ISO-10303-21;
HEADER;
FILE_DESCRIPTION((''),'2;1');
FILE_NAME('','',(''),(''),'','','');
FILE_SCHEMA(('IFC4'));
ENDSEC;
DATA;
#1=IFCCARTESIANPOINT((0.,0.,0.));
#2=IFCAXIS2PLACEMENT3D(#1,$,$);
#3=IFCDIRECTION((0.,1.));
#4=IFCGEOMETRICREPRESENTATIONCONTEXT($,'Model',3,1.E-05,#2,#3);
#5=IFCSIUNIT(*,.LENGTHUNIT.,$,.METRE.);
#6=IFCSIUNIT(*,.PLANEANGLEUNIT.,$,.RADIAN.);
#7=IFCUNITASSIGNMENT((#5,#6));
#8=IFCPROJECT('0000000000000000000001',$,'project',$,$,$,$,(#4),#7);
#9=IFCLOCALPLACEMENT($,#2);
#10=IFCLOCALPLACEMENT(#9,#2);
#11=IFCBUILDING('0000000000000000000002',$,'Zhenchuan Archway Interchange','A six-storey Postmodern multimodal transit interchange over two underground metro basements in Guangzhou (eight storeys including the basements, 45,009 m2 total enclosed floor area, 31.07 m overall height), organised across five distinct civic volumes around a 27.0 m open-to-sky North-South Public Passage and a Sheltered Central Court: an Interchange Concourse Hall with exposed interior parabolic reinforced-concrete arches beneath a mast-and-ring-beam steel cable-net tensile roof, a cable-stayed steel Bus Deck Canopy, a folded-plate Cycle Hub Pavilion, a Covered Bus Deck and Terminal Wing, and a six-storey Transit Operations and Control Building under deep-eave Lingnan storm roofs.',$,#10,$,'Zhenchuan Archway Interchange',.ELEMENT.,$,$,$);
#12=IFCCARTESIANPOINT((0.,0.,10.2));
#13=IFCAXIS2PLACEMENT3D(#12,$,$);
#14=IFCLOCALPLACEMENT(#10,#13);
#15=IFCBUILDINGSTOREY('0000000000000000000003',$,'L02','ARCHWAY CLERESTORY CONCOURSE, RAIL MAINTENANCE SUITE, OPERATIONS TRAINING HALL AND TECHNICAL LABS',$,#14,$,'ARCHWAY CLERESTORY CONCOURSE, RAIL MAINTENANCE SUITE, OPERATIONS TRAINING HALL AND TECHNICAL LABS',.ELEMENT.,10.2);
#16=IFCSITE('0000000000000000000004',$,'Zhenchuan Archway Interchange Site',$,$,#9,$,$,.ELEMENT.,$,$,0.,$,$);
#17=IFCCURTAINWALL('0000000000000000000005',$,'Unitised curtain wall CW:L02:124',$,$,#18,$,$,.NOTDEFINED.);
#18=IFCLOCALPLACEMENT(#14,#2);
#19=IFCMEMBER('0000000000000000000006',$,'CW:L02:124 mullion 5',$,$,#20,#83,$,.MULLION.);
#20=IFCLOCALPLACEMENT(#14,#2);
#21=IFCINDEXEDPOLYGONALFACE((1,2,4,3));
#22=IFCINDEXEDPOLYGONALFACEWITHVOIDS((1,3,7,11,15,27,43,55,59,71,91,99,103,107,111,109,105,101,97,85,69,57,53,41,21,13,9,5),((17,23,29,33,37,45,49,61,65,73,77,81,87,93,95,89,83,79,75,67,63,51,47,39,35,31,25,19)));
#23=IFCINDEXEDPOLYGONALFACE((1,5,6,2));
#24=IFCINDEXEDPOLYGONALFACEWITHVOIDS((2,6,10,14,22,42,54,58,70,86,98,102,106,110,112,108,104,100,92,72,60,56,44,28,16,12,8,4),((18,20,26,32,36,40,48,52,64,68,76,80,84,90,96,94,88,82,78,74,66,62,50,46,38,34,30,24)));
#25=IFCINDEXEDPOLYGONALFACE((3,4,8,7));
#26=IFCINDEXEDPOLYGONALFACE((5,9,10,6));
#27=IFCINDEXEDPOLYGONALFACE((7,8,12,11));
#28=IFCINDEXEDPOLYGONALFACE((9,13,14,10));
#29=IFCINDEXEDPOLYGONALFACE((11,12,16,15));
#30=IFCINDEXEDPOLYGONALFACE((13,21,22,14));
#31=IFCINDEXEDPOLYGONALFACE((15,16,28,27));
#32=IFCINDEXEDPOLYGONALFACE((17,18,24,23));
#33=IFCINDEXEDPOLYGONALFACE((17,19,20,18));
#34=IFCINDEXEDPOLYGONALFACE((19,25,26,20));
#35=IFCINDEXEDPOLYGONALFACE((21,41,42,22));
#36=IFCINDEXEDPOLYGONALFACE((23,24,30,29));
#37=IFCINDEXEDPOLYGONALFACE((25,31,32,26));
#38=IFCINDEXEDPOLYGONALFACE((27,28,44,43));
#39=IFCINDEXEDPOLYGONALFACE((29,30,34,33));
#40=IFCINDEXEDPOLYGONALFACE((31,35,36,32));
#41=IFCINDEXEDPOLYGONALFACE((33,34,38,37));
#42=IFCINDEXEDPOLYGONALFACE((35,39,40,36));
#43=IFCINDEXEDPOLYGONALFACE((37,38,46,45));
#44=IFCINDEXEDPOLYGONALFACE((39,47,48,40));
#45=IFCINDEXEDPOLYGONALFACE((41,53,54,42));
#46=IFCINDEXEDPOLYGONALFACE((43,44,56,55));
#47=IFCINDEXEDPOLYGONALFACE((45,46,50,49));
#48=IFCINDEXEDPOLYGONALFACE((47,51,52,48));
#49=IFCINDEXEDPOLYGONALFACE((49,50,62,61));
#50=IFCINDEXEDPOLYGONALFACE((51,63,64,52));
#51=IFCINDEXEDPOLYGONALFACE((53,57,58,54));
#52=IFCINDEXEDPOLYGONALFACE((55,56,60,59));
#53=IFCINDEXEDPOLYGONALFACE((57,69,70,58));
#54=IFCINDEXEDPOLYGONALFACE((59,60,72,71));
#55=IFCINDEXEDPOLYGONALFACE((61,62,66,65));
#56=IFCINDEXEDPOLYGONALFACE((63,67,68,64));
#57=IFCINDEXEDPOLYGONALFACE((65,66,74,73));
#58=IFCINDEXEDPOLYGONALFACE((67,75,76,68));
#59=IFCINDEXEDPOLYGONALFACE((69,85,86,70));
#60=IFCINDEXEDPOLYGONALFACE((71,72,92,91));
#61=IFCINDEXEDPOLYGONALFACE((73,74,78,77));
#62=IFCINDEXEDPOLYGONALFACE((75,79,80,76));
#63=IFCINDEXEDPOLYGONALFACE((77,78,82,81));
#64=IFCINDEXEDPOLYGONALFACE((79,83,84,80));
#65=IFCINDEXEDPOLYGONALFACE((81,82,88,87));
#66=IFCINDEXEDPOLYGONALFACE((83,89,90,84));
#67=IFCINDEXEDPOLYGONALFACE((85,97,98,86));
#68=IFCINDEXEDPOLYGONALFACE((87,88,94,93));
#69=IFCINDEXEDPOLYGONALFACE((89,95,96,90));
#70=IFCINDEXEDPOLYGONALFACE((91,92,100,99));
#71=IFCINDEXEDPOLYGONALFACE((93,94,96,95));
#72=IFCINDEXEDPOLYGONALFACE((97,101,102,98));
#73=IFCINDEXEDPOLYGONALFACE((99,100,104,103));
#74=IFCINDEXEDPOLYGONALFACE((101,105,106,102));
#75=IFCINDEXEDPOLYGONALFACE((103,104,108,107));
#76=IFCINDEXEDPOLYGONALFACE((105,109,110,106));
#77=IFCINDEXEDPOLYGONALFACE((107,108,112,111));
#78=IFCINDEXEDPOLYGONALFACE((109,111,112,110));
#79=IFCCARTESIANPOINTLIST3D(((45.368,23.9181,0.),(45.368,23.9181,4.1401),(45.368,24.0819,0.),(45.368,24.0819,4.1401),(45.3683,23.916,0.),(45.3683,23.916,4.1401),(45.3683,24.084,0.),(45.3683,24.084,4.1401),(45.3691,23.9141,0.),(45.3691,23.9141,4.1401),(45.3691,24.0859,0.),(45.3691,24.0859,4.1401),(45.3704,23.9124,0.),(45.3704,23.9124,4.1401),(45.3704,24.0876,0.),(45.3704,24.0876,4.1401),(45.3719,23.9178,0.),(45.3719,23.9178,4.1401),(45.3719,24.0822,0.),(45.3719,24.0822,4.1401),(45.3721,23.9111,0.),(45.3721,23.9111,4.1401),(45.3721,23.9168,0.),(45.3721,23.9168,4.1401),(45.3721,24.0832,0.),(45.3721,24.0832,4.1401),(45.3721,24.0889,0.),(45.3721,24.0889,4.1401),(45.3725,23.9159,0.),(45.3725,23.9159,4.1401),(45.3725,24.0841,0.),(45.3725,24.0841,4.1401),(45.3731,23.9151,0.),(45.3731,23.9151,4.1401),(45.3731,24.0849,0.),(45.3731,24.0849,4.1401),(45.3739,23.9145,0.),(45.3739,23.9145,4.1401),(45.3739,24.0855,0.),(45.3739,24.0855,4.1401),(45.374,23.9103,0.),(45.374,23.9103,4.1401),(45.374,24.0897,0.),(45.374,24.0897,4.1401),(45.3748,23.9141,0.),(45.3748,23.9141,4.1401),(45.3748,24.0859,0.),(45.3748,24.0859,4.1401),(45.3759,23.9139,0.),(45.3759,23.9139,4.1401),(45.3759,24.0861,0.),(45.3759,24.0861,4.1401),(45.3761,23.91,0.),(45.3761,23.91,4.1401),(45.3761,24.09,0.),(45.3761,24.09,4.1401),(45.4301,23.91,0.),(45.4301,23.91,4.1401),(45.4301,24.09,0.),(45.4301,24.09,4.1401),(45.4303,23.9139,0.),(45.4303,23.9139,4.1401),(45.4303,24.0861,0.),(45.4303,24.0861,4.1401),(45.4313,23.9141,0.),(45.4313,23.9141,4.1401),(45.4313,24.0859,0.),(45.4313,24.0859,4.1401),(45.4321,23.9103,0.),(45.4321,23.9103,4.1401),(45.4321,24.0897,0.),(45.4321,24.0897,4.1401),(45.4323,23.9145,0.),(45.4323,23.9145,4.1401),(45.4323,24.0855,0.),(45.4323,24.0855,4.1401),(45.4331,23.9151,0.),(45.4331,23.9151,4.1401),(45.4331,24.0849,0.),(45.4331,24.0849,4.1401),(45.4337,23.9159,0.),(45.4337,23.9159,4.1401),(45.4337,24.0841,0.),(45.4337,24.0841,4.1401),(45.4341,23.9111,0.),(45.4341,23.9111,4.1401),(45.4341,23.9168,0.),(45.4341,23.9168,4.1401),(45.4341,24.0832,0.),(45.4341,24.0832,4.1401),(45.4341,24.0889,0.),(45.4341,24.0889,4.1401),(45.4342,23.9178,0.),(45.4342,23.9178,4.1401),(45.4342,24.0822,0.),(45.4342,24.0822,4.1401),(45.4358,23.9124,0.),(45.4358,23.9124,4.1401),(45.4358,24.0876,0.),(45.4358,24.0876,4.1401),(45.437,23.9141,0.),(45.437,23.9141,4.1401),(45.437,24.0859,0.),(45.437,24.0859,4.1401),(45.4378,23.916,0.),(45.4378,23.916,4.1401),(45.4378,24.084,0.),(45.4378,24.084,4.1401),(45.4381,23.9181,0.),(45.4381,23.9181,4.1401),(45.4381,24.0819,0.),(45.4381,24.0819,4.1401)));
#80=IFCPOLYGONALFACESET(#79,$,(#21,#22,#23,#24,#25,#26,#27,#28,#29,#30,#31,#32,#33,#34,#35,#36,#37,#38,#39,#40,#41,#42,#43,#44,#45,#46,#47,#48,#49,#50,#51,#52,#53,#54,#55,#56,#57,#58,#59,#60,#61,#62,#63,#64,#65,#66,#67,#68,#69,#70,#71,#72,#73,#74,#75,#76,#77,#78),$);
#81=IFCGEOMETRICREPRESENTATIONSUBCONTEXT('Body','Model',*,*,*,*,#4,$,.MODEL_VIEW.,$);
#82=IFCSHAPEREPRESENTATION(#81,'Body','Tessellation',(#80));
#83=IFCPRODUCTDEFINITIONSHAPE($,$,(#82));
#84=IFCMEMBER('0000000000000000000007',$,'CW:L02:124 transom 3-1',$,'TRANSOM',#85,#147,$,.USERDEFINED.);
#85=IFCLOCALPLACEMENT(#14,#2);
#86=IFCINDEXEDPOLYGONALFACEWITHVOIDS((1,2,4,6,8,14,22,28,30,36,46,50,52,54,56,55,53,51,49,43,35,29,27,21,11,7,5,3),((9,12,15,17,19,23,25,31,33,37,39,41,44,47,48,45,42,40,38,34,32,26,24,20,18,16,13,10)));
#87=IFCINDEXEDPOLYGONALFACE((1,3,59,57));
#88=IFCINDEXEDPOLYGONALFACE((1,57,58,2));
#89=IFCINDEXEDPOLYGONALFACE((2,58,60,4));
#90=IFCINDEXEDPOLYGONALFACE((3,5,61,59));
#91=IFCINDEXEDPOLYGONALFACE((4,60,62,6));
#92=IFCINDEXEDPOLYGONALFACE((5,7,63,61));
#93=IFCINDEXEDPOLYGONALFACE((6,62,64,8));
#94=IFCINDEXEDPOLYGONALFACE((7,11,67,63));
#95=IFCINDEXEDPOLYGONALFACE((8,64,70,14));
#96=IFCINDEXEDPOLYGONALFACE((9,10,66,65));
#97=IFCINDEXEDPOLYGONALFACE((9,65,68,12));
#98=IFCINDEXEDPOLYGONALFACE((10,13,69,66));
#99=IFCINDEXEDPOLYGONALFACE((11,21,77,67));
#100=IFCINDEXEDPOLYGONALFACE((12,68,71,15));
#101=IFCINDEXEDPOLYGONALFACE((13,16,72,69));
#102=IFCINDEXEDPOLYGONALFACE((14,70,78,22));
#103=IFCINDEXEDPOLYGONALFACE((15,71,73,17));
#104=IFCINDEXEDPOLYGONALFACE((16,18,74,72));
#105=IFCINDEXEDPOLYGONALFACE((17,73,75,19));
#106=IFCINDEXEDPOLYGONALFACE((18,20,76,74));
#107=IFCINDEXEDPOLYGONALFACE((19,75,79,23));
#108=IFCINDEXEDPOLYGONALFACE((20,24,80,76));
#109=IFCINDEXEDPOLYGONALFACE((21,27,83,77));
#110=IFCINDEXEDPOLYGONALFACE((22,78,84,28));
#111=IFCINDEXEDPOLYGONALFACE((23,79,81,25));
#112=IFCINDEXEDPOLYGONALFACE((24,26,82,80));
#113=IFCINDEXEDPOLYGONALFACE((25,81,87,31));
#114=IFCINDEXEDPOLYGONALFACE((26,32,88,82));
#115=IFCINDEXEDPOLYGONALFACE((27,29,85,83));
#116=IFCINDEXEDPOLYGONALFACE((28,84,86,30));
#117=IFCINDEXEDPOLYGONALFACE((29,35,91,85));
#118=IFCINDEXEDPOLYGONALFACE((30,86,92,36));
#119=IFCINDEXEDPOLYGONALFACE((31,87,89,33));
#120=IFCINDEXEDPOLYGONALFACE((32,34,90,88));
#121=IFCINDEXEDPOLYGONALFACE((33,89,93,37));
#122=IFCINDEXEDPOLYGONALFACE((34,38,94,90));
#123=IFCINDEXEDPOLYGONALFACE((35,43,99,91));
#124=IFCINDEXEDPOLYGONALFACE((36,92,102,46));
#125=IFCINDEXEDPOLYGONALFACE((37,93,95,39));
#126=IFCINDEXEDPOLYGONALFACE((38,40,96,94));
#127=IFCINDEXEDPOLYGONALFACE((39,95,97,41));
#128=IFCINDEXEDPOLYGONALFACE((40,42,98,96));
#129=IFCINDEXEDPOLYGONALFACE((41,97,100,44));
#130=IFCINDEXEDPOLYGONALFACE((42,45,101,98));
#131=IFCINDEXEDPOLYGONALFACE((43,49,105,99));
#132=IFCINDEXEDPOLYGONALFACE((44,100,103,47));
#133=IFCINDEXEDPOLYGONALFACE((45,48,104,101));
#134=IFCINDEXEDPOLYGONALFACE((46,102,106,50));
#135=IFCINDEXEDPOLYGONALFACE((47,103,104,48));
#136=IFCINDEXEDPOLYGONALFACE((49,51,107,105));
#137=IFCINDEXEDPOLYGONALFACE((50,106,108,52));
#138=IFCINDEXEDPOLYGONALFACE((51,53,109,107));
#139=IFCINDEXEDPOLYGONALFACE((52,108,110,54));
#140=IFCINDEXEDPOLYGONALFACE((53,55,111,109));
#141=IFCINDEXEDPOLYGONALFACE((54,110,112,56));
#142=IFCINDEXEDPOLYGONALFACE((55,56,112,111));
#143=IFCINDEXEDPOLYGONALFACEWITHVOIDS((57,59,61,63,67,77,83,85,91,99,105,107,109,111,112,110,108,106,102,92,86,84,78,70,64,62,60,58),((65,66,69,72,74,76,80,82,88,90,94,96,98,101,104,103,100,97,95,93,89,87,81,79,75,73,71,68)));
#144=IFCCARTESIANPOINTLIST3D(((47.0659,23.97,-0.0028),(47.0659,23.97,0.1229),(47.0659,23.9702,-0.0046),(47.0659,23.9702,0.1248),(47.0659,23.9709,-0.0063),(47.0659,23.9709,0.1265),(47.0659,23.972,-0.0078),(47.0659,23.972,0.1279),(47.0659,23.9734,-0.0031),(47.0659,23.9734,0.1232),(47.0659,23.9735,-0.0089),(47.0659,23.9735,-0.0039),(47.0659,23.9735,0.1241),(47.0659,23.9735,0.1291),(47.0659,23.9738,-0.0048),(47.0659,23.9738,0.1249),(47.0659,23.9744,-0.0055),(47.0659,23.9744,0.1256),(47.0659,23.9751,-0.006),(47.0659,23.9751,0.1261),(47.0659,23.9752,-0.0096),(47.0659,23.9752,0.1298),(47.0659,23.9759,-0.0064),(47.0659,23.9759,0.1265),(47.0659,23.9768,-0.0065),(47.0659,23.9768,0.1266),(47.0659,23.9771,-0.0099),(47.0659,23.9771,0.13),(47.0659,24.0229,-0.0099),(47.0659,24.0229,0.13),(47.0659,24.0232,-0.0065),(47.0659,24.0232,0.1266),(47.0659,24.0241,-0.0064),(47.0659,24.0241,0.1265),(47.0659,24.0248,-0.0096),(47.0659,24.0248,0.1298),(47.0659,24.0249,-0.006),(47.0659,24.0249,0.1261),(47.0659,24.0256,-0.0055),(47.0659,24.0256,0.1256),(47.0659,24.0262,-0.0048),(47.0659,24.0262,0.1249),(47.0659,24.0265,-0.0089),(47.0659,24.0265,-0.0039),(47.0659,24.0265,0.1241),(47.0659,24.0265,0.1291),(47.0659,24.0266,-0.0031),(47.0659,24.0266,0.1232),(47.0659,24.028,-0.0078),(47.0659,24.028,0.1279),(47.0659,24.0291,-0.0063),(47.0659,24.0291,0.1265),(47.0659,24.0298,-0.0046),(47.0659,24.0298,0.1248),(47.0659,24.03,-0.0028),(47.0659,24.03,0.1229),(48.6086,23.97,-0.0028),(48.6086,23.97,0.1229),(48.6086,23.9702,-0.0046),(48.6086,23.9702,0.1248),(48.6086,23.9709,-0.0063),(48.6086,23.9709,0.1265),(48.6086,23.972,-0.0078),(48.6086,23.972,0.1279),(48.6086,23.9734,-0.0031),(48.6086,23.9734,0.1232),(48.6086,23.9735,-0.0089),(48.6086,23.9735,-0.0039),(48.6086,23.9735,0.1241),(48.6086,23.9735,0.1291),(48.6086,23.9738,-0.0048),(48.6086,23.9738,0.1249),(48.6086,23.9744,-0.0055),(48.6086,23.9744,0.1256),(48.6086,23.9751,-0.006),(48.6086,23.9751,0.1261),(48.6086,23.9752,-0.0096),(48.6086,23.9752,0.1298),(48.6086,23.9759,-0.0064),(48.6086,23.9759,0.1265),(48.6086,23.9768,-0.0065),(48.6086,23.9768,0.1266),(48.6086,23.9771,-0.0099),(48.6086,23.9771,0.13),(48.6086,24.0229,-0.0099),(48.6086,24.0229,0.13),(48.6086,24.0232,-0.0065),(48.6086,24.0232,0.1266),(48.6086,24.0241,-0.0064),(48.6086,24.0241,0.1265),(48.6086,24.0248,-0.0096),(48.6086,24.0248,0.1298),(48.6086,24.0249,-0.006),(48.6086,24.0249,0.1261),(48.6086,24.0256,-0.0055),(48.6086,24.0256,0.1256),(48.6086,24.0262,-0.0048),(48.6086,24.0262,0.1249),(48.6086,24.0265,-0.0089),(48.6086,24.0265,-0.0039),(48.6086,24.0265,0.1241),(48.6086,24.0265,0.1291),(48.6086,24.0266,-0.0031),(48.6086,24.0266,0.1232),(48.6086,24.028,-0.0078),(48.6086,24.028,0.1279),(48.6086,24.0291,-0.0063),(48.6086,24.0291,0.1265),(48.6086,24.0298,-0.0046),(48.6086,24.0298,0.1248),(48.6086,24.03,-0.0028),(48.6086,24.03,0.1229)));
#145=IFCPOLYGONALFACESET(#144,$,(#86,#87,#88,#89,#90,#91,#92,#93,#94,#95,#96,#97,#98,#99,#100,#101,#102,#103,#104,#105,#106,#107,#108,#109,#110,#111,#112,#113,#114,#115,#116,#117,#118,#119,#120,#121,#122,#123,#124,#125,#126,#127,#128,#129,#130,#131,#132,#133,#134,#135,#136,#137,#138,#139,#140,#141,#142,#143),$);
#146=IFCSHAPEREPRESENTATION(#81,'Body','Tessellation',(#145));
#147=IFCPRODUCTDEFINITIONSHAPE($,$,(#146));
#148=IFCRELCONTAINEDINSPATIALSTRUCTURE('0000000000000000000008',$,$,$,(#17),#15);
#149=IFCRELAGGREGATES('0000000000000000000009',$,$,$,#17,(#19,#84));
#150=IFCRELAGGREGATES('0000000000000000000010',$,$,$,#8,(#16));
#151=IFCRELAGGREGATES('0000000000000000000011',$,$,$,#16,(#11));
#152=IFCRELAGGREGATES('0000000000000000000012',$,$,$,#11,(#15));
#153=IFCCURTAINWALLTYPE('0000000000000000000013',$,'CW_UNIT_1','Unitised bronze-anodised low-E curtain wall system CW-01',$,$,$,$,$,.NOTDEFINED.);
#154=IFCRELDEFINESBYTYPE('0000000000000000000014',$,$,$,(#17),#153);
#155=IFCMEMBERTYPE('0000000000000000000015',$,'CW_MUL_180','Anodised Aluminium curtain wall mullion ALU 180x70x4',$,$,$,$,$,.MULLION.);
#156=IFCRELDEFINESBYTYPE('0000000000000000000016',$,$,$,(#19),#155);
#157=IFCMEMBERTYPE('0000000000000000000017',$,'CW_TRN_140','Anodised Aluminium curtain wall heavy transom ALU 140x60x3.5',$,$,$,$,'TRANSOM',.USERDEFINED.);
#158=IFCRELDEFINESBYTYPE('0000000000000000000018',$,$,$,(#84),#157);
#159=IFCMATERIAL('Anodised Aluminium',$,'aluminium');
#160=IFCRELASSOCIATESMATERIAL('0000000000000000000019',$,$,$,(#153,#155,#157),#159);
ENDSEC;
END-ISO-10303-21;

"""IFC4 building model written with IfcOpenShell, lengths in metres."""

from ifc_helpers import new_model, si_unit, direction, frame, origin, origin_2d, place, context, subcontext, project, spatial, hollow_rectangle, extrude, material, material_profile, profile_set, type_object, element, aggregate, save


model = new_model("IFC4")

# Units and contexts
model_context = context("Model", 3, precision=1e-05, world=origin(), true_north=direction((0.0, 1.0)))
body_context = subcontext(model_context, "Body", "Model", "MODEL_VIEW")
ifc_project = project(units=[si_unit("LENGTHUNIT", "METRE"), si_unit("PLANEANGLEUNIT", "RADIAN")], contexts=[model_context])

# Site, building, storey
site_placement = place(None, origin())
site = spatial("IfcSite", under=ifc_project, at=site_placement, Name="Zhenchuan Archway Interchange Site", CompositionType="ELEMENT", RefElevation=0.0)
building_placement = place(site_placement, origin())
building = spatial("IfcBuilding", under=site, at=building_placement, Name="Zhenchuan Archway Interchange", Description="A six-storey Postmodern multimodal transit interchange over two underground metro basements in Guangzhou (eight storeys including the basements, 45,009 m2 total enclosed floor area, 31.07 m overall height), organised across five distinct civic volumes around a 27.0 m open-to-sky North-South Public Passage and a Sheltered Central Court: an Interchange Concourse Hall with exposed interior parabolic reinforced-concrete arches beneath a mast-and-ring-beam steel cable-net tensile roof, a cable-stayed steel Bus Deck Canopy, a folded-plate Cycle Hub Pavilion, a Covered Bus Deck and Terminal Wing, and a six-storey Transit Operations and Control Building under deep-eave Lingnan storm roofs.", LongName="Zhenchuan Archway Interchange", CompositionType="ELEMENT")
storey_placement = place(building_placement, frame((0.0, 0.0, 10.2)))
storey = spatial("IfcBuildingStorey", under=building, at=storey_placement, Name="L02", Description="ARCHWAY CLERESTORY CONCOURSE, RAIL MAINTENANCE SUITE, OPERATIONS TRAINING HALL AND TECHNICAL LABS", LongName="ARCHWAY CLERESTORY CONCOURSE, RAIL MAINTENANCE SUITE, OPERATIONS TRAINING HALL AND TECHNICAL LABS", CompositionType="ELEMENT", Elevation=10.2)

# Curtain wall, members
ifc_material_1 = material(Name="Anodised Aluminium", Category="aluminium")
curtain_wall_type = type_object("IfcCurtainWallType", Name="CW_UNIT_1", Description="Unitised bronze-anodised low-E curtain wall system CW-01", PredefinedType="NOTDEFINED", material=ifc_material_1)
curtain_wall_placement = place(storey_placement, origin())
curtain_wall = element("IfcCurtainWall", 1, at=curtain_wall_placement, inside=storey, type_object=curtain_wall_type, Name="Unitised curtain wall CW:L02:124", PredefinedType="NOTDEFINED")
ifc_material_profile_1 = material_profile(ifc_material_1, hollow_rectangle(XDim=0.0701, YDim=0.1799, WallThickness=0.0039, InnerFilletRadius=0.0039, OuterFilletRadius=0.0081, at=origin_2d()), Name="ALU 180x70x4")
ifc_profile_set_1 = profile_set([ifc_material_profile_1], Name="Anodised Aluminium")
member_type_1 = type_object("IfcMemberType", Name="CW_MUL_180", Description="Anodised Aluminium curtain wall mullion ALU 180x70x4", PredefinedType="MULLION", material=ifc_profile_set_1)
member_1_placement = place(storey_placement, frame((45.4031, 24.0, 0.0), z_axis=(0.0, 0.0, 1.0), x_axis=(1.0, 0.0, 0.0)))
member_1 = element("IfcMember", 2, at=member_1_placement, type_object=member_type_1, Name="CW:L02:124 mullion 5", PredefinedType="MULLION", context=body_context, shape_type="SweptSolid", body=[
    extrude(hollow_rectangle(XDim=0.0701, YDim=0.1799, WallThickness=0.0039, InnerFilletRadius=0.0039, OuterFilletRadius=0.0081, at=origin_2d()), origin(), (0.0, 0.0, 1.0), 4.1401),
])
ifc_material_profile_2 = material_profile(ifc_material_1, hollow_rectangle(XDim=0.0601, YDim=0.1399, WallThickness=0.0034, InnerFilletRadius=0.0034, OuterFilletRadius=0.0071, at=origin_2d()), Name="ALU 140x60x3.5")
ifc_profile_set_2 = profile_set([ifc_material_profile_2], Name="Anodised Aluminium")
member_type_2 = type_object("IfcMemberType", Name="CW_TRN_140", Description="Anodised Aluminium curtain wall heavy transom ALU 140x60x3.5", ElementType="TRANSOM", PredefinedType="USERDEFINED", material=ifc_profile_set_2)
member_2_placement = place(storey_placement, frame((48.6086, 24.0, 0.0601), z_axis=(-1.0, 0.0, 0.0), x_axis=(0.0, -1.0, 0.0)))
member_2 = element("IfcMember", 3, at=member_2_placement, type_object=member_type_2, Name="CW:L02:124 transom 3-1", ObjectType="TRANSOM", PredefinedType="USERDEFINED", context=body_context, shape_type="SweptSolid", body=[
    extrude(hollow_rectangle(XDim=0.0601, YDim=0.1399, WallThickness=0.0034, InnerFilletRadius=0.0034, OuterFilletRadius=0.0071, at=origin_2d()), origin(), (0.0, 0.0, 1.0), 1.5427),
])

aggregate(curtain_wall, [member_1, member_2])

save(model, "model.ifc")
